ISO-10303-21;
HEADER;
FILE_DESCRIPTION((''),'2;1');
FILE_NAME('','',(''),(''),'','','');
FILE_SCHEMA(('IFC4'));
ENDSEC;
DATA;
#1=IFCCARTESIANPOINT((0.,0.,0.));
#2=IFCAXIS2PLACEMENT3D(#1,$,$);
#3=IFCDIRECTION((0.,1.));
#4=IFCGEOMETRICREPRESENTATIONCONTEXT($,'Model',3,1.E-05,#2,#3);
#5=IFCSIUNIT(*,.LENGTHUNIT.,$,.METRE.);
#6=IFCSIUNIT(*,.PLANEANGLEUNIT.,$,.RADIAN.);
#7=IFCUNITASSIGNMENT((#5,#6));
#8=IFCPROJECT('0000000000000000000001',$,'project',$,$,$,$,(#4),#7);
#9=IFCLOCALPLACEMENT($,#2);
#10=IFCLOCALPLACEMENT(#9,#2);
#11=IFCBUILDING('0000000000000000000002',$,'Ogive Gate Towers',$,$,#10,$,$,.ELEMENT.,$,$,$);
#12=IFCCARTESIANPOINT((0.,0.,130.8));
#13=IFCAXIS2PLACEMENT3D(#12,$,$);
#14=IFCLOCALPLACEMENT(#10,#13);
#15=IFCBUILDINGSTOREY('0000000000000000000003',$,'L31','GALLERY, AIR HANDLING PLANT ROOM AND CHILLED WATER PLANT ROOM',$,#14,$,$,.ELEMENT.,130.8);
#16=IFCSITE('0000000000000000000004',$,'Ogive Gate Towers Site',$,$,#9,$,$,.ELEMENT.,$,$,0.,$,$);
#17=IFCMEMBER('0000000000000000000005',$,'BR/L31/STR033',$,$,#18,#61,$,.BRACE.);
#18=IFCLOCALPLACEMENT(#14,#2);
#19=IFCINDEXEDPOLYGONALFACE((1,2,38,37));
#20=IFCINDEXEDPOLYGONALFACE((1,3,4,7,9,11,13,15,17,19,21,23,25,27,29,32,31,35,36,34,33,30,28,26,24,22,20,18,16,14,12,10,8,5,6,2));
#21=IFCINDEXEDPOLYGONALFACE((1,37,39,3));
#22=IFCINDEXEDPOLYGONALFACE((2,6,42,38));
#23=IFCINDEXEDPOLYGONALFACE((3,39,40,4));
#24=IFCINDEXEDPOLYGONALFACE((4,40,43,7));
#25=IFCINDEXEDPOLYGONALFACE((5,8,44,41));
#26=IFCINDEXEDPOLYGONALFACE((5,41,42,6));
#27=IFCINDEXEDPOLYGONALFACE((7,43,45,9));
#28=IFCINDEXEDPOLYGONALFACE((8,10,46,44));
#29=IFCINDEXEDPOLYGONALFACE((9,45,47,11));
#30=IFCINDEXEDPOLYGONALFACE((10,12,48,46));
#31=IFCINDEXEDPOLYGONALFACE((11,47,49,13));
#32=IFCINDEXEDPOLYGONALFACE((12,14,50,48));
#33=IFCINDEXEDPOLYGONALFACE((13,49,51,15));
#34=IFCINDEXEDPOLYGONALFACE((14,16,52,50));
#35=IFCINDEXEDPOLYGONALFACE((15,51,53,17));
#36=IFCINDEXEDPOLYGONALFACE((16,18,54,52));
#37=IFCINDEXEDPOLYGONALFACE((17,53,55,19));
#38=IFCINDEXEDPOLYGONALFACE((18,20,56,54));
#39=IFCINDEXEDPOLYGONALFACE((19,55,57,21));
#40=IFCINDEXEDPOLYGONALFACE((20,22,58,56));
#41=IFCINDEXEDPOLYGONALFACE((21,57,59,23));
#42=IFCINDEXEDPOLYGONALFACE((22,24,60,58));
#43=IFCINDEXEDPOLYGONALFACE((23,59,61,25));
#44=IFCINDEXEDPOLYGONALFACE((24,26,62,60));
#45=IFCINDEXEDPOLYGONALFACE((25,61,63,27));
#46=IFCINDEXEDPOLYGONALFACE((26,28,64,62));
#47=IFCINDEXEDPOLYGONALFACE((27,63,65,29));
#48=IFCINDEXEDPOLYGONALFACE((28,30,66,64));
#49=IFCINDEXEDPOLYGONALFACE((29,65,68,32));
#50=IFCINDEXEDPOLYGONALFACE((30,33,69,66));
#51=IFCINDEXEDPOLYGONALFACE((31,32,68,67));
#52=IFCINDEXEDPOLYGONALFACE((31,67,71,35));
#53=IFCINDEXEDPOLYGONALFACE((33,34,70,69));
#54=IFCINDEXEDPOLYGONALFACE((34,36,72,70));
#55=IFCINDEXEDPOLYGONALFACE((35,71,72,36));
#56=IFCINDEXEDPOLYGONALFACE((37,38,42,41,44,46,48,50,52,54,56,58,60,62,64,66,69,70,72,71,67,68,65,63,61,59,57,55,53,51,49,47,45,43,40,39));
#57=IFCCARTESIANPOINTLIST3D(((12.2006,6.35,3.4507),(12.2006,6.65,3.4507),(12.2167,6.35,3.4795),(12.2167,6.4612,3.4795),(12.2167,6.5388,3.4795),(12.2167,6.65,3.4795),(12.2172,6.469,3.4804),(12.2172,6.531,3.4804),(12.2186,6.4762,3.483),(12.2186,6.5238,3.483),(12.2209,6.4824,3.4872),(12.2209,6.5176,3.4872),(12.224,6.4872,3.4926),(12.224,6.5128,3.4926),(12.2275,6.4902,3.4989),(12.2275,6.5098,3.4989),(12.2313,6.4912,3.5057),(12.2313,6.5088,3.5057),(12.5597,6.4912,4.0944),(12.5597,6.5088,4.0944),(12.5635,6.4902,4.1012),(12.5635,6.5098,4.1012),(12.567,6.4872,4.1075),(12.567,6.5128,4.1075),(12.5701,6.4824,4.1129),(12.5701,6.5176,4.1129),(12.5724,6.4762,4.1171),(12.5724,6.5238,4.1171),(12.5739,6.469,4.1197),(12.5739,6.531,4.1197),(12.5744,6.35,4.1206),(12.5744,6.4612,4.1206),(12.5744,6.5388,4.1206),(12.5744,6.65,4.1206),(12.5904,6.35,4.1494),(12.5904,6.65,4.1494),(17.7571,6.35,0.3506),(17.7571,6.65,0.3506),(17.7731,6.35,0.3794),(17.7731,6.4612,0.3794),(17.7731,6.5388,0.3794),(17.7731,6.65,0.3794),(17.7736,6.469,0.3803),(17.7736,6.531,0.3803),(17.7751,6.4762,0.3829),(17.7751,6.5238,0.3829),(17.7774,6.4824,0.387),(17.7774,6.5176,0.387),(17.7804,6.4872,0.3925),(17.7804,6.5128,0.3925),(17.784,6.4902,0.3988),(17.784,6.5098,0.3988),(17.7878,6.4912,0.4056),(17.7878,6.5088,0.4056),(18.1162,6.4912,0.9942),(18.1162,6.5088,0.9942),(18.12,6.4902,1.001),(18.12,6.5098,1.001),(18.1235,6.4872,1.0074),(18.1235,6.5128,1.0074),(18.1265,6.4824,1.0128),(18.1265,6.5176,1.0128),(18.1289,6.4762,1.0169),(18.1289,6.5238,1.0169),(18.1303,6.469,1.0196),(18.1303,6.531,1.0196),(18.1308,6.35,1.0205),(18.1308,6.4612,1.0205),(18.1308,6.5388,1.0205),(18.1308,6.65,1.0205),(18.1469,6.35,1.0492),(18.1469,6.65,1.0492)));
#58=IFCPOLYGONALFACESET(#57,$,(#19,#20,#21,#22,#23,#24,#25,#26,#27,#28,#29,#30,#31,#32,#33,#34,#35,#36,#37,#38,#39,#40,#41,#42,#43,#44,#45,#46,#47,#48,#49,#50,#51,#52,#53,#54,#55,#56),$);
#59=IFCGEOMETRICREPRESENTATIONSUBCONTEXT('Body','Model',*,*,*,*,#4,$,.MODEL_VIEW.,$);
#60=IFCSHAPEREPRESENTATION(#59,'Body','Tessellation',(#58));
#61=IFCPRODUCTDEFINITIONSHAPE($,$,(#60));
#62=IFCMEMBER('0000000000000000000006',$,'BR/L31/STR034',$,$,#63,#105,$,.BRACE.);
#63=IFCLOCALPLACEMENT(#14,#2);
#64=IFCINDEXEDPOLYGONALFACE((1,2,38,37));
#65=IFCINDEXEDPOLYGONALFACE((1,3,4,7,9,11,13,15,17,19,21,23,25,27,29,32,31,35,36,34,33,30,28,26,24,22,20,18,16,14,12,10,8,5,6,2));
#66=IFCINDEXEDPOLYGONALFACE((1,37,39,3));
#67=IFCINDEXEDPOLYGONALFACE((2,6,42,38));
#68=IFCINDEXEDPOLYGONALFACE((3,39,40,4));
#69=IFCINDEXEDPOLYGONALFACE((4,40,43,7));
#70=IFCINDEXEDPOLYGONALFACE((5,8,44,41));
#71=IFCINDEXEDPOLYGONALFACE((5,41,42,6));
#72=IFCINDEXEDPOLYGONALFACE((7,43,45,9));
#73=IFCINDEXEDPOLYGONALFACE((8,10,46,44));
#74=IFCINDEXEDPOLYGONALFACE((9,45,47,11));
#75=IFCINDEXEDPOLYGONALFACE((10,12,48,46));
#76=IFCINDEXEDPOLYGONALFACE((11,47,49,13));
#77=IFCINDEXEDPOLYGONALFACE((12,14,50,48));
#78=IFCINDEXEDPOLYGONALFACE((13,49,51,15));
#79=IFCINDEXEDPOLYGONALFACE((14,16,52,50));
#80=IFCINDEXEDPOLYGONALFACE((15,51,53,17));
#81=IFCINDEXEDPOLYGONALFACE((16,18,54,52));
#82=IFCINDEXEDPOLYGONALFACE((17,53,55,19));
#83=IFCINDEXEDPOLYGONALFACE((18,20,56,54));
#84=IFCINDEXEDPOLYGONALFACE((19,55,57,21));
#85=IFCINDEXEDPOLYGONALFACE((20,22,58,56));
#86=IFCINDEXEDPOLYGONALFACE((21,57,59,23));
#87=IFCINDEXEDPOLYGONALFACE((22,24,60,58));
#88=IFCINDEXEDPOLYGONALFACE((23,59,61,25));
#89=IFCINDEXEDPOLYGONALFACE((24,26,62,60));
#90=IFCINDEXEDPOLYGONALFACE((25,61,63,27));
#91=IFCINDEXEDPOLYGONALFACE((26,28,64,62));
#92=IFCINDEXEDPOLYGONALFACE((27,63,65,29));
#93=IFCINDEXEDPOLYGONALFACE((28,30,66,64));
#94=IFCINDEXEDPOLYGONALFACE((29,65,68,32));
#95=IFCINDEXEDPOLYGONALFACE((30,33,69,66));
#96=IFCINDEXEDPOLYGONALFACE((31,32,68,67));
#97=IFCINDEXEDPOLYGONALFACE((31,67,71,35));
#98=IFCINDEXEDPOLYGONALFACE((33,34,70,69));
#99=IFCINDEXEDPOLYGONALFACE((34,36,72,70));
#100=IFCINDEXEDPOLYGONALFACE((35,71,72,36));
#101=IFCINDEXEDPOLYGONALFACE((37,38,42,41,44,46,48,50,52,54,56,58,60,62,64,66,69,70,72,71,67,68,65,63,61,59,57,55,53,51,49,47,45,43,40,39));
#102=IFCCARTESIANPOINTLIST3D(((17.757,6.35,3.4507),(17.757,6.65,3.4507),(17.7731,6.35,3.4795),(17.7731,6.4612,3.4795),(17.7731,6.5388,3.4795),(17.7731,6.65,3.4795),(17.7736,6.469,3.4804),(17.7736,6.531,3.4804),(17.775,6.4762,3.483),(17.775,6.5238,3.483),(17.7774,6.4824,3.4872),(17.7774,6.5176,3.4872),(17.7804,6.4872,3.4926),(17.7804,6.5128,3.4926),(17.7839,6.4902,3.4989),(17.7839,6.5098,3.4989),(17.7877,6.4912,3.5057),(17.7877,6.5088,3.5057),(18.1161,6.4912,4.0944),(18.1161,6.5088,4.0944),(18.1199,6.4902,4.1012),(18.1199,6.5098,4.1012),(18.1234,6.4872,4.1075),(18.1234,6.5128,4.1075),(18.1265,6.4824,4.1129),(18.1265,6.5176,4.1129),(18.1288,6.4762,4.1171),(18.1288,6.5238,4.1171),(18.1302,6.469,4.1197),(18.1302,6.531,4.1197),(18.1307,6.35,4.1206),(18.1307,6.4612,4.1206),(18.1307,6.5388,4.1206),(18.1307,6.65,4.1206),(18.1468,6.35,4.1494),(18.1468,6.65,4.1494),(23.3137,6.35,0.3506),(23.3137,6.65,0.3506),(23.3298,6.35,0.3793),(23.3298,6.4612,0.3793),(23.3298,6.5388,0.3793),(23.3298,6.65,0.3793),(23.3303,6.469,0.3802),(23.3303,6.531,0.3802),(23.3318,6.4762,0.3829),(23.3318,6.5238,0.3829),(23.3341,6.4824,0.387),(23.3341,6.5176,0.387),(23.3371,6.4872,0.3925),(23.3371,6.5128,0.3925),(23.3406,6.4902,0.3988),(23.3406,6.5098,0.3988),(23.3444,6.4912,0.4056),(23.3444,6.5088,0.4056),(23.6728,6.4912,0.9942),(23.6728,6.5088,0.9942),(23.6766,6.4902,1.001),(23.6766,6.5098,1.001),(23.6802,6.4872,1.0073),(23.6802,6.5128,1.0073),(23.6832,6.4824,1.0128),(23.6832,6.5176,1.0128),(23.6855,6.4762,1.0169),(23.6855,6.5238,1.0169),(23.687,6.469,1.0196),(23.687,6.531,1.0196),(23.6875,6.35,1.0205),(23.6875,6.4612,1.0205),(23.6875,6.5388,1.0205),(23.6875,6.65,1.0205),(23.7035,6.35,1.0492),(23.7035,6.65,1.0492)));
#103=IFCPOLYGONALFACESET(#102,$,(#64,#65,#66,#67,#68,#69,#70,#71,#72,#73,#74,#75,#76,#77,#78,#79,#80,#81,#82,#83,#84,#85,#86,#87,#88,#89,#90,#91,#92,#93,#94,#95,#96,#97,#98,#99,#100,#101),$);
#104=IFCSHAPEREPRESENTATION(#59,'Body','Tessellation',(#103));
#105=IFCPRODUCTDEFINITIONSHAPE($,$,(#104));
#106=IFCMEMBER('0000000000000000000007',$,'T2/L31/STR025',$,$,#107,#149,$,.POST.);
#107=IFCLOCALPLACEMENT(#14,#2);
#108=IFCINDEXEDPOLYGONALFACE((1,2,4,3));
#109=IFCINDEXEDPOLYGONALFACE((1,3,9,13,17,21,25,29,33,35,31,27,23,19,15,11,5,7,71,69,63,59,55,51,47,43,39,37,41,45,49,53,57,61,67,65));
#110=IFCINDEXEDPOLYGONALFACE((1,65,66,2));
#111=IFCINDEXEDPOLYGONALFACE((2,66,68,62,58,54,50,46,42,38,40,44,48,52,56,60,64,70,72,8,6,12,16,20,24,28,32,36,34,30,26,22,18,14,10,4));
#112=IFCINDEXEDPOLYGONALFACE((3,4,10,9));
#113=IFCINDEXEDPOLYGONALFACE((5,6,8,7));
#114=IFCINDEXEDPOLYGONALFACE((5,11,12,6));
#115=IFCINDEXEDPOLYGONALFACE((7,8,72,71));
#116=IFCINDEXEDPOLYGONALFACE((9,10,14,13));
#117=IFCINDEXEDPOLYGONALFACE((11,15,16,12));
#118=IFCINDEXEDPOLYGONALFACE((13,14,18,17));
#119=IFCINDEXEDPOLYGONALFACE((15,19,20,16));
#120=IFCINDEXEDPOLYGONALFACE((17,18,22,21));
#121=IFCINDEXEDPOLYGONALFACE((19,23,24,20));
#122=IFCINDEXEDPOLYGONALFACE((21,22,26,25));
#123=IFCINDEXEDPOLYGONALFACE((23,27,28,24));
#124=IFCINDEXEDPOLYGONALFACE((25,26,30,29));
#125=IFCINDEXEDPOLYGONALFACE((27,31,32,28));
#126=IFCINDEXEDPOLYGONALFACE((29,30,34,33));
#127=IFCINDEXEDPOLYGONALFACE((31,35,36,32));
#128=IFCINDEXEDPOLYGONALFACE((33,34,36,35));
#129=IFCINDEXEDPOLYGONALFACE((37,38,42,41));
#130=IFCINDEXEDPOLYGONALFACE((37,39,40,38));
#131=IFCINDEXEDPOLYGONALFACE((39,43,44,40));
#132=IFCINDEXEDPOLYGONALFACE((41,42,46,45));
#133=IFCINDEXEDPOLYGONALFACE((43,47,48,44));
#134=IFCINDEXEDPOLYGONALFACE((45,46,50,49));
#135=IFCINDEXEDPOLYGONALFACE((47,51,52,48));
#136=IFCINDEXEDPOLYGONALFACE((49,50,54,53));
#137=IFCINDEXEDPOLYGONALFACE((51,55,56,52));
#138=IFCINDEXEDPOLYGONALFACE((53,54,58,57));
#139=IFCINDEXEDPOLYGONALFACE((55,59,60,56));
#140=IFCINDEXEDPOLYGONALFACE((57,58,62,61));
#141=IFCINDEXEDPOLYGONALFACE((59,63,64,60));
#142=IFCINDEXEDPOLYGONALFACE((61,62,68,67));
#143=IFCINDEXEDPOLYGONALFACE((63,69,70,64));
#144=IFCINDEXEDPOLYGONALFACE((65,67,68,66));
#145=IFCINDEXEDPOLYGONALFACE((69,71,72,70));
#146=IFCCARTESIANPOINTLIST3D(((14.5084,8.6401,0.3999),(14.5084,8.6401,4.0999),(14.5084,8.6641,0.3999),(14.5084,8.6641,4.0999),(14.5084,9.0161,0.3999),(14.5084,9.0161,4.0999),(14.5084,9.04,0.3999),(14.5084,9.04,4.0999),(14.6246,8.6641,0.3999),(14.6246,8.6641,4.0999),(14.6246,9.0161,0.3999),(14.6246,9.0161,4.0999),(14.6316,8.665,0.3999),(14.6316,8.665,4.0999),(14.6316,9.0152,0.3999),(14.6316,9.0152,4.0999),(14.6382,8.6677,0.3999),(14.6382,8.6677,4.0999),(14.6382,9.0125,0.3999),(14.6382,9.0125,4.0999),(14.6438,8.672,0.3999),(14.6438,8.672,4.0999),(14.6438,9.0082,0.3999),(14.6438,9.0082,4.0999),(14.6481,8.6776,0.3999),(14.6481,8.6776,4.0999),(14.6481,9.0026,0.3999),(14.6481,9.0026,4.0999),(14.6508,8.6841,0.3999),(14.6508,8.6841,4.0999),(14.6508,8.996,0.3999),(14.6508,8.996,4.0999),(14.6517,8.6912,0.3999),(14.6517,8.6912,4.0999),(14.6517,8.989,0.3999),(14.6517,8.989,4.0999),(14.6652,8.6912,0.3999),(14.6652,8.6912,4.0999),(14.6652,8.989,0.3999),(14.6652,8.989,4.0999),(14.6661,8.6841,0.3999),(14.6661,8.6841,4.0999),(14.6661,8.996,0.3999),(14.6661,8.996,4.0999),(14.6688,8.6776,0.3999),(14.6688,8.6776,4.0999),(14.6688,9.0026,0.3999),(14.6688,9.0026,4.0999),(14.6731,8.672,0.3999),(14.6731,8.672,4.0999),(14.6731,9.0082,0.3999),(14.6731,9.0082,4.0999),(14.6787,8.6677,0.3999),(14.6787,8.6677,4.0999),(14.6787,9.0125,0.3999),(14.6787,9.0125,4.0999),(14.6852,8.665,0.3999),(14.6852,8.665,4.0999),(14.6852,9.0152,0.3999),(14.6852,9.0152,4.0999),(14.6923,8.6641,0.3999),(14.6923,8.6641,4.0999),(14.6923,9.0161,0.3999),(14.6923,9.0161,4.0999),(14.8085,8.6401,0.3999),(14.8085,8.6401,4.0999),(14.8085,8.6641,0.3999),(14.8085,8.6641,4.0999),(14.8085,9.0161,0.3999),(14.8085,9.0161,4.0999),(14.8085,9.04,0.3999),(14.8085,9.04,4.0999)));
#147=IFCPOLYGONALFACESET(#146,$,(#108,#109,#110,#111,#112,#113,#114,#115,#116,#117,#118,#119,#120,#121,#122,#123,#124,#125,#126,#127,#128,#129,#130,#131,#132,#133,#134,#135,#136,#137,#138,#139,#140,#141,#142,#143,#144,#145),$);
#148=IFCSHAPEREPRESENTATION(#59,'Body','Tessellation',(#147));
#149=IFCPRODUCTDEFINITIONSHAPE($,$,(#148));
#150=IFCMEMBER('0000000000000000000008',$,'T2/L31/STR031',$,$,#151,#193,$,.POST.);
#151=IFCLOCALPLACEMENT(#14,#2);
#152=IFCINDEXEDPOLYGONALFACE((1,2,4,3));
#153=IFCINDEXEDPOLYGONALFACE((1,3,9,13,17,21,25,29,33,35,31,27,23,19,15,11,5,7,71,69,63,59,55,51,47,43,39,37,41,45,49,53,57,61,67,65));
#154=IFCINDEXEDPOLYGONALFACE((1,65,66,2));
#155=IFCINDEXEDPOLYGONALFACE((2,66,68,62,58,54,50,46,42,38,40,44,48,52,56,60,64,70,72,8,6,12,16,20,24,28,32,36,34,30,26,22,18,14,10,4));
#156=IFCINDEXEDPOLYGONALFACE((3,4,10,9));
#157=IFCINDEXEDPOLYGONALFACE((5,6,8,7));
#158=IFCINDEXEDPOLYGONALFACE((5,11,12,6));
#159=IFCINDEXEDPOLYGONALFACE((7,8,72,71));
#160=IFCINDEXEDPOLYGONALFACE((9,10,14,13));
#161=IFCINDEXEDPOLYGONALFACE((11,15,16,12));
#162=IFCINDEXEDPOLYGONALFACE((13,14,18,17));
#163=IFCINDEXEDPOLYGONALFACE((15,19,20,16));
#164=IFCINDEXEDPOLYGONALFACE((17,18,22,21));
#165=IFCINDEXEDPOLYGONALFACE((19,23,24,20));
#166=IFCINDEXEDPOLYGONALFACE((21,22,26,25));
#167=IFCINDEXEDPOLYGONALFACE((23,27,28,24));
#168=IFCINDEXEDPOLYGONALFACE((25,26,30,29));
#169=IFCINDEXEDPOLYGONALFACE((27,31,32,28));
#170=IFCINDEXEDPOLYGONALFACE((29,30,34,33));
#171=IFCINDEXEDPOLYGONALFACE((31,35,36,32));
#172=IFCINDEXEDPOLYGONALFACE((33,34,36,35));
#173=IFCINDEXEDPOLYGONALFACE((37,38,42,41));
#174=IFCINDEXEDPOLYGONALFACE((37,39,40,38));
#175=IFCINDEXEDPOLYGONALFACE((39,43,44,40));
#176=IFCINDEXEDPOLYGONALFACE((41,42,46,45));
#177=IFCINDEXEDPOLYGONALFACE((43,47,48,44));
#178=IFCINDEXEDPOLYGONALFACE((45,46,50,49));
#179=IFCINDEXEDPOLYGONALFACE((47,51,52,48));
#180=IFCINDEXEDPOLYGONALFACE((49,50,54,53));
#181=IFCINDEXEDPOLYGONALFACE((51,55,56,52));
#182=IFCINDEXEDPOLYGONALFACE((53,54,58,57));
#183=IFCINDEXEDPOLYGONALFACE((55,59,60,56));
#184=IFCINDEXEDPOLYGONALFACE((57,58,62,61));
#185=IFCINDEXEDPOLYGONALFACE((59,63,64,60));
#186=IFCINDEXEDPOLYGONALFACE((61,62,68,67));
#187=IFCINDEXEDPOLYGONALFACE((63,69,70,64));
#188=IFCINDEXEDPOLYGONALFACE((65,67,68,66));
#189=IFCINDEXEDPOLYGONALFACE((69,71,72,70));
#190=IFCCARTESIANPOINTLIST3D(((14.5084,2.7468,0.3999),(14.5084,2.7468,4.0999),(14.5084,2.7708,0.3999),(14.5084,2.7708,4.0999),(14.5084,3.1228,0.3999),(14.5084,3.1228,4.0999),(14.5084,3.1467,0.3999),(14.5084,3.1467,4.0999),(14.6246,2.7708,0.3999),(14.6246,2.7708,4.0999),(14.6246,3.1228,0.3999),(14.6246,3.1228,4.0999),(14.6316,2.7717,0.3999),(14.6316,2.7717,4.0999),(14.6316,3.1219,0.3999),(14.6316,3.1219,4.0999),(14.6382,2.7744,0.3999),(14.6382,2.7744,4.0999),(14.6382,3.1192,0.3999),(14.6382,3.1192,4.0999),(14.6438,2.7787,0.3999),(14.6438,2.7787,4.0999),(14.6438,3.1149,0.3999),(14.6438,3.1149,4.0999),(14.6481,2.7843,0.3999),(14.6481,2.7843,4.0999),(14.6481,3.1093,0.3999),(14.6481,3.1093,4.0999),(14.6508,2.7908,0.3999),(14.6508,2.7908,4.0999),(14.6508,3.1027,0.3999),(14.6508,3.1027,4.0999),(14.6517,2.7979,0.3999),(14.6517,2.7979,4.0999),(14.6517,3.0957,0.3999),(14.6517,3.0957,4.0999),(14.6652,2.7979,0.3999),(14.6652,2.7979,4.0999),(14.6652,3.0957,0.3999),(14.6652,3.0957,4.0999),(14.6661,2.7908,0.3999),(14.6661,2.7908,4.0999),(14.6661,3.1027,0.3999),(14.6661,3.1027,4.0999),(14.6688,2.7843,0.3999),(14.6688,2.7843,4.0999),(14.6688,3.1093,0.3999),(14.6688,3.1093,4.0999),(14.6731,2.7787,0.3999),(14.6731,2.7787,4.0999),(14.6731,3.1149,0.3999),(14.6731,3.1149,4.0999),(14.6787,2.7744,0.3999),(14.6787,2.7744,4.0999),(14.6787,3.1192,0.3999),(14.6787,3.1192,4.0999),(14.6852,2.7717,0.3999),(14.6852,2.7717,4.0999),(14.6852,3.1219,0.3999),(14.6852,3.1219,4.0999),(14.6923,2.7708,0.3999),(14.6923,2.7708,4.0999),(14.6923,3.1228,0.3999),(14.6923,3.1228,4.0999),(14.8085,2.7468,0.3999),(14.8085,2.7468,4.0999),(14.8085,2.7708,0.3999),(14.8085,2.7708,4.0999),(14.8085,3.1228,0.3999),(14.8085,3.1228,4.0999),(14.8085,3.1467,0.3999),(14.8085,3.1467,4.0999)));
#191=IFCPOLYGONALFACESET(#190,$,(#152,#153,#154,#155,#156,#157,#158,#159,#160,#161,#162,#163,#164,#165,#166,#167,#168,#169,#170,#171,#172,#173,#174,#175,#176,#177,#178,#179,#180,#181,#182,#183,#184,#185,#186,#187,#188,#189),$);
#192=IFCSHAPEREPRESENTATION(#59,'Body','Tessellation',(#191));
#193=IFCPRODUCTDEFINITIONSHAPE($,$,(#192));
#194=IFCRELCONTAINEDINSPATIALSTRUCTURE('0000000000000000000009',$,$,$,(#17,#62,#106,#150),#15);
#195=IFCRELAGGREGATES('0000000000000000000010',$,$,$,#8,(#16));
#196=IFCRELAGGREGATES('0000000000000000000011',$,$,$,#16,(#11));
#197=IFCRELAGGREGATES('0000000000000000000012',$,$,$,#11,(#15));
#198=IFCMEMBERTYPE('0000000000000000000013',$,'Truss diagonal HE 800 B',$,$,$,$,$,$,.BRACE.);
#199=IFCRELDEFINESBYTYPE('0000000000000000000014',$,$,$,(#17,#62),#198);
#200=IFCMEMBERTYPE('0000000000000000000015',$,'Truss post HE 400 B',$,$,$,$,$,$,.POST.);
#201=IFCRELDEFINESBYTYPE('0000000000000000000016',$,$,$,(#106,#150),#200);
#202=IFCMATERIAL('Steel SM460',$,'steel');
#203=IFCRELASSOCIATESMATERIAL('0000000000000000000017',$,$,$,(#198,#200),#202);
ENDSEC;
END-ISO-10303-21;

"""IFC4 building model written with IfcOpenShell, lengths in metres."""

from ifc_helpers import new_model, si_unit, direction, frame, origin, origin_2d, place, context, subcontext, project, spatial, i_section, extrude, material, material_profile, profile_set, type_object, element, save


model = new_model("IFC4")

# Units and contexts
model_context = context("Model", 3, precision=1e-05, world=origin(), true_north=direction((0.0, 1.0)))
body_context = subcontext(model_context, "Body", "Model", "MODEL_VIEW")
ifc_project = project(units=[si_unit("LENGTHUNIT", "METRE"), si_unit("PLANEANGLEUNIT", "RADIAN")], contexts=[model_context])

# Site, building, storey
site_placement = place(None, origin())
site = spatial("IfcSite", under=ifc_project, at=site_placement, Name="Ogive Gate Towers Site", CompositionType="ELEMENT", RefElevation=0.0)
building_placement = place(site_placement, origin())
building = spatial("IfcBuilding", under=site, at=building_placement, Name="Ogive Gate Towers", CompositionType="ELEMENT")
storey_placement = place(building_placement, frame((0.0, 0.0, 130.8)))
storey = spatial("IfcBuildingStorey", under=building, at=storey_placement, Name="L31", Description="GALLERY, AIR HANDLING PLANT ROOM AND CHILLED WATER PLANT ROOM", CompositionType="ELEMENT", Elevation=130.8)

# Shared definitions
ifc_material_1 = material(Name="Steel SM460", Category="steel")

# Members
ifc_material_profile_1 = material_profile(ifc_material_1, i_section(OverallWidth=0.3, OverallDepth=0.8, WebThickness=0.0176, FlangeThickness=0.033, FilletRadius=0.03, at=origin_2d()), Name="HE 800 B")
ifc_profile_set_1 = profile_set([ifc_material_profile_1], Name="Steel SM460")
member_type_1 = type_object("IfcMemberType", Name="Truss diagonal HE 800 B", PredefinedType="BRACE", material=ifc_profile_set_1)
member_1_placement = place(storey_placement, frame((12.3955, 6.5, 3.8), z_axis=(0.873274, 0.0, -0.487229), x_axis=(0.0, 1.0, 0.0)))
element("IfcMember", 1, at=member_1_placement, inside=storey, type_object=member_type_1, Name="BR/L31/STR033", PredefinedType="BRACE", context=body_context, shape_type="SweptSolid", body=[
    extrude(i_section(OverallWidth=0.3, OverallDepth=0.8, WebThickness=0.0176, FlangeThickness=0.033, FilletRadius=0.03, at=origin_2d()), origin(), (0.0, 0.0, 1.0), 6.3628),
])
member_2_placement = place(storey_placement, frame((17.9519, 6.5, 3.8), z_axis=(0.873284, 0.0, -0.487212), x_axis=(0.0, 1.0, 0.0)))
element("IfcMember", 2, at=member_2_placement, inside=storey, type_object=member_type_1, Name="BR/L31/STR034", PredefinedType="BRACE", context=body_context, shape_type="SweptSolid", body=[
    extrude(i_section(OverallWidth=0.3, OverallDepth=0.8, WebThickness=0.0176, FlangeThickness=0.033, FilletRadius=0.03, at=origin_2d()), origin(), (0.0, 0.0, 1.0), 6.363),
])
ifc_material_profile_2 = material_profile(ifc_material_1, i_section(OverallWidth=0.3, OverallDepth=0.3999, WebThickness=0.0134, FlangeThickness=0.0239, FilletRadius=0.0271, at=origin_2d()), Name="HE 400 B")
ifc_profile_set_2 = profile_set([ifc_material_profile_2], Name="Steel SM460")
member_type_2 = type_object("IfcMemberType", Name="Truss post HE 400 B", PredefinedType="POST", material=ifc_profile_set_2)
for number, where, z_axis, x_axis, name in (
    (3, (14.6584, 8.8401, 0.3999), (0.0, 0.0, 1.0), (1.0, 0.0, 0.0), "T2/L31/STR025"),
    (4, (14.6584, 2.9468, 0.3999), (0.0, 0.0, 1.0), (1.0, 0.0, 0.0), "T2/L31/STR031"),
):
    element("IfcMember", number, at=place(storey_placement, frame(where, z_axis=z_axis, x_axis=x_axis)), inside=storey, type_object=member_type_2, Name=name, PredefinedType="POST", context=body_context, shape_type="SweptSolid", body=[
        extrude(i_section(OverallWidth=0.3, OverallDepth=0.3999, WebThickness=0.0134, FlangeThickness=0.0239, FilletRadius=0.0271, at=origin_2d()), origin(), (0.0, 0.0, 1.0), 3.7),
    ])

save(model, "model.ifc")
